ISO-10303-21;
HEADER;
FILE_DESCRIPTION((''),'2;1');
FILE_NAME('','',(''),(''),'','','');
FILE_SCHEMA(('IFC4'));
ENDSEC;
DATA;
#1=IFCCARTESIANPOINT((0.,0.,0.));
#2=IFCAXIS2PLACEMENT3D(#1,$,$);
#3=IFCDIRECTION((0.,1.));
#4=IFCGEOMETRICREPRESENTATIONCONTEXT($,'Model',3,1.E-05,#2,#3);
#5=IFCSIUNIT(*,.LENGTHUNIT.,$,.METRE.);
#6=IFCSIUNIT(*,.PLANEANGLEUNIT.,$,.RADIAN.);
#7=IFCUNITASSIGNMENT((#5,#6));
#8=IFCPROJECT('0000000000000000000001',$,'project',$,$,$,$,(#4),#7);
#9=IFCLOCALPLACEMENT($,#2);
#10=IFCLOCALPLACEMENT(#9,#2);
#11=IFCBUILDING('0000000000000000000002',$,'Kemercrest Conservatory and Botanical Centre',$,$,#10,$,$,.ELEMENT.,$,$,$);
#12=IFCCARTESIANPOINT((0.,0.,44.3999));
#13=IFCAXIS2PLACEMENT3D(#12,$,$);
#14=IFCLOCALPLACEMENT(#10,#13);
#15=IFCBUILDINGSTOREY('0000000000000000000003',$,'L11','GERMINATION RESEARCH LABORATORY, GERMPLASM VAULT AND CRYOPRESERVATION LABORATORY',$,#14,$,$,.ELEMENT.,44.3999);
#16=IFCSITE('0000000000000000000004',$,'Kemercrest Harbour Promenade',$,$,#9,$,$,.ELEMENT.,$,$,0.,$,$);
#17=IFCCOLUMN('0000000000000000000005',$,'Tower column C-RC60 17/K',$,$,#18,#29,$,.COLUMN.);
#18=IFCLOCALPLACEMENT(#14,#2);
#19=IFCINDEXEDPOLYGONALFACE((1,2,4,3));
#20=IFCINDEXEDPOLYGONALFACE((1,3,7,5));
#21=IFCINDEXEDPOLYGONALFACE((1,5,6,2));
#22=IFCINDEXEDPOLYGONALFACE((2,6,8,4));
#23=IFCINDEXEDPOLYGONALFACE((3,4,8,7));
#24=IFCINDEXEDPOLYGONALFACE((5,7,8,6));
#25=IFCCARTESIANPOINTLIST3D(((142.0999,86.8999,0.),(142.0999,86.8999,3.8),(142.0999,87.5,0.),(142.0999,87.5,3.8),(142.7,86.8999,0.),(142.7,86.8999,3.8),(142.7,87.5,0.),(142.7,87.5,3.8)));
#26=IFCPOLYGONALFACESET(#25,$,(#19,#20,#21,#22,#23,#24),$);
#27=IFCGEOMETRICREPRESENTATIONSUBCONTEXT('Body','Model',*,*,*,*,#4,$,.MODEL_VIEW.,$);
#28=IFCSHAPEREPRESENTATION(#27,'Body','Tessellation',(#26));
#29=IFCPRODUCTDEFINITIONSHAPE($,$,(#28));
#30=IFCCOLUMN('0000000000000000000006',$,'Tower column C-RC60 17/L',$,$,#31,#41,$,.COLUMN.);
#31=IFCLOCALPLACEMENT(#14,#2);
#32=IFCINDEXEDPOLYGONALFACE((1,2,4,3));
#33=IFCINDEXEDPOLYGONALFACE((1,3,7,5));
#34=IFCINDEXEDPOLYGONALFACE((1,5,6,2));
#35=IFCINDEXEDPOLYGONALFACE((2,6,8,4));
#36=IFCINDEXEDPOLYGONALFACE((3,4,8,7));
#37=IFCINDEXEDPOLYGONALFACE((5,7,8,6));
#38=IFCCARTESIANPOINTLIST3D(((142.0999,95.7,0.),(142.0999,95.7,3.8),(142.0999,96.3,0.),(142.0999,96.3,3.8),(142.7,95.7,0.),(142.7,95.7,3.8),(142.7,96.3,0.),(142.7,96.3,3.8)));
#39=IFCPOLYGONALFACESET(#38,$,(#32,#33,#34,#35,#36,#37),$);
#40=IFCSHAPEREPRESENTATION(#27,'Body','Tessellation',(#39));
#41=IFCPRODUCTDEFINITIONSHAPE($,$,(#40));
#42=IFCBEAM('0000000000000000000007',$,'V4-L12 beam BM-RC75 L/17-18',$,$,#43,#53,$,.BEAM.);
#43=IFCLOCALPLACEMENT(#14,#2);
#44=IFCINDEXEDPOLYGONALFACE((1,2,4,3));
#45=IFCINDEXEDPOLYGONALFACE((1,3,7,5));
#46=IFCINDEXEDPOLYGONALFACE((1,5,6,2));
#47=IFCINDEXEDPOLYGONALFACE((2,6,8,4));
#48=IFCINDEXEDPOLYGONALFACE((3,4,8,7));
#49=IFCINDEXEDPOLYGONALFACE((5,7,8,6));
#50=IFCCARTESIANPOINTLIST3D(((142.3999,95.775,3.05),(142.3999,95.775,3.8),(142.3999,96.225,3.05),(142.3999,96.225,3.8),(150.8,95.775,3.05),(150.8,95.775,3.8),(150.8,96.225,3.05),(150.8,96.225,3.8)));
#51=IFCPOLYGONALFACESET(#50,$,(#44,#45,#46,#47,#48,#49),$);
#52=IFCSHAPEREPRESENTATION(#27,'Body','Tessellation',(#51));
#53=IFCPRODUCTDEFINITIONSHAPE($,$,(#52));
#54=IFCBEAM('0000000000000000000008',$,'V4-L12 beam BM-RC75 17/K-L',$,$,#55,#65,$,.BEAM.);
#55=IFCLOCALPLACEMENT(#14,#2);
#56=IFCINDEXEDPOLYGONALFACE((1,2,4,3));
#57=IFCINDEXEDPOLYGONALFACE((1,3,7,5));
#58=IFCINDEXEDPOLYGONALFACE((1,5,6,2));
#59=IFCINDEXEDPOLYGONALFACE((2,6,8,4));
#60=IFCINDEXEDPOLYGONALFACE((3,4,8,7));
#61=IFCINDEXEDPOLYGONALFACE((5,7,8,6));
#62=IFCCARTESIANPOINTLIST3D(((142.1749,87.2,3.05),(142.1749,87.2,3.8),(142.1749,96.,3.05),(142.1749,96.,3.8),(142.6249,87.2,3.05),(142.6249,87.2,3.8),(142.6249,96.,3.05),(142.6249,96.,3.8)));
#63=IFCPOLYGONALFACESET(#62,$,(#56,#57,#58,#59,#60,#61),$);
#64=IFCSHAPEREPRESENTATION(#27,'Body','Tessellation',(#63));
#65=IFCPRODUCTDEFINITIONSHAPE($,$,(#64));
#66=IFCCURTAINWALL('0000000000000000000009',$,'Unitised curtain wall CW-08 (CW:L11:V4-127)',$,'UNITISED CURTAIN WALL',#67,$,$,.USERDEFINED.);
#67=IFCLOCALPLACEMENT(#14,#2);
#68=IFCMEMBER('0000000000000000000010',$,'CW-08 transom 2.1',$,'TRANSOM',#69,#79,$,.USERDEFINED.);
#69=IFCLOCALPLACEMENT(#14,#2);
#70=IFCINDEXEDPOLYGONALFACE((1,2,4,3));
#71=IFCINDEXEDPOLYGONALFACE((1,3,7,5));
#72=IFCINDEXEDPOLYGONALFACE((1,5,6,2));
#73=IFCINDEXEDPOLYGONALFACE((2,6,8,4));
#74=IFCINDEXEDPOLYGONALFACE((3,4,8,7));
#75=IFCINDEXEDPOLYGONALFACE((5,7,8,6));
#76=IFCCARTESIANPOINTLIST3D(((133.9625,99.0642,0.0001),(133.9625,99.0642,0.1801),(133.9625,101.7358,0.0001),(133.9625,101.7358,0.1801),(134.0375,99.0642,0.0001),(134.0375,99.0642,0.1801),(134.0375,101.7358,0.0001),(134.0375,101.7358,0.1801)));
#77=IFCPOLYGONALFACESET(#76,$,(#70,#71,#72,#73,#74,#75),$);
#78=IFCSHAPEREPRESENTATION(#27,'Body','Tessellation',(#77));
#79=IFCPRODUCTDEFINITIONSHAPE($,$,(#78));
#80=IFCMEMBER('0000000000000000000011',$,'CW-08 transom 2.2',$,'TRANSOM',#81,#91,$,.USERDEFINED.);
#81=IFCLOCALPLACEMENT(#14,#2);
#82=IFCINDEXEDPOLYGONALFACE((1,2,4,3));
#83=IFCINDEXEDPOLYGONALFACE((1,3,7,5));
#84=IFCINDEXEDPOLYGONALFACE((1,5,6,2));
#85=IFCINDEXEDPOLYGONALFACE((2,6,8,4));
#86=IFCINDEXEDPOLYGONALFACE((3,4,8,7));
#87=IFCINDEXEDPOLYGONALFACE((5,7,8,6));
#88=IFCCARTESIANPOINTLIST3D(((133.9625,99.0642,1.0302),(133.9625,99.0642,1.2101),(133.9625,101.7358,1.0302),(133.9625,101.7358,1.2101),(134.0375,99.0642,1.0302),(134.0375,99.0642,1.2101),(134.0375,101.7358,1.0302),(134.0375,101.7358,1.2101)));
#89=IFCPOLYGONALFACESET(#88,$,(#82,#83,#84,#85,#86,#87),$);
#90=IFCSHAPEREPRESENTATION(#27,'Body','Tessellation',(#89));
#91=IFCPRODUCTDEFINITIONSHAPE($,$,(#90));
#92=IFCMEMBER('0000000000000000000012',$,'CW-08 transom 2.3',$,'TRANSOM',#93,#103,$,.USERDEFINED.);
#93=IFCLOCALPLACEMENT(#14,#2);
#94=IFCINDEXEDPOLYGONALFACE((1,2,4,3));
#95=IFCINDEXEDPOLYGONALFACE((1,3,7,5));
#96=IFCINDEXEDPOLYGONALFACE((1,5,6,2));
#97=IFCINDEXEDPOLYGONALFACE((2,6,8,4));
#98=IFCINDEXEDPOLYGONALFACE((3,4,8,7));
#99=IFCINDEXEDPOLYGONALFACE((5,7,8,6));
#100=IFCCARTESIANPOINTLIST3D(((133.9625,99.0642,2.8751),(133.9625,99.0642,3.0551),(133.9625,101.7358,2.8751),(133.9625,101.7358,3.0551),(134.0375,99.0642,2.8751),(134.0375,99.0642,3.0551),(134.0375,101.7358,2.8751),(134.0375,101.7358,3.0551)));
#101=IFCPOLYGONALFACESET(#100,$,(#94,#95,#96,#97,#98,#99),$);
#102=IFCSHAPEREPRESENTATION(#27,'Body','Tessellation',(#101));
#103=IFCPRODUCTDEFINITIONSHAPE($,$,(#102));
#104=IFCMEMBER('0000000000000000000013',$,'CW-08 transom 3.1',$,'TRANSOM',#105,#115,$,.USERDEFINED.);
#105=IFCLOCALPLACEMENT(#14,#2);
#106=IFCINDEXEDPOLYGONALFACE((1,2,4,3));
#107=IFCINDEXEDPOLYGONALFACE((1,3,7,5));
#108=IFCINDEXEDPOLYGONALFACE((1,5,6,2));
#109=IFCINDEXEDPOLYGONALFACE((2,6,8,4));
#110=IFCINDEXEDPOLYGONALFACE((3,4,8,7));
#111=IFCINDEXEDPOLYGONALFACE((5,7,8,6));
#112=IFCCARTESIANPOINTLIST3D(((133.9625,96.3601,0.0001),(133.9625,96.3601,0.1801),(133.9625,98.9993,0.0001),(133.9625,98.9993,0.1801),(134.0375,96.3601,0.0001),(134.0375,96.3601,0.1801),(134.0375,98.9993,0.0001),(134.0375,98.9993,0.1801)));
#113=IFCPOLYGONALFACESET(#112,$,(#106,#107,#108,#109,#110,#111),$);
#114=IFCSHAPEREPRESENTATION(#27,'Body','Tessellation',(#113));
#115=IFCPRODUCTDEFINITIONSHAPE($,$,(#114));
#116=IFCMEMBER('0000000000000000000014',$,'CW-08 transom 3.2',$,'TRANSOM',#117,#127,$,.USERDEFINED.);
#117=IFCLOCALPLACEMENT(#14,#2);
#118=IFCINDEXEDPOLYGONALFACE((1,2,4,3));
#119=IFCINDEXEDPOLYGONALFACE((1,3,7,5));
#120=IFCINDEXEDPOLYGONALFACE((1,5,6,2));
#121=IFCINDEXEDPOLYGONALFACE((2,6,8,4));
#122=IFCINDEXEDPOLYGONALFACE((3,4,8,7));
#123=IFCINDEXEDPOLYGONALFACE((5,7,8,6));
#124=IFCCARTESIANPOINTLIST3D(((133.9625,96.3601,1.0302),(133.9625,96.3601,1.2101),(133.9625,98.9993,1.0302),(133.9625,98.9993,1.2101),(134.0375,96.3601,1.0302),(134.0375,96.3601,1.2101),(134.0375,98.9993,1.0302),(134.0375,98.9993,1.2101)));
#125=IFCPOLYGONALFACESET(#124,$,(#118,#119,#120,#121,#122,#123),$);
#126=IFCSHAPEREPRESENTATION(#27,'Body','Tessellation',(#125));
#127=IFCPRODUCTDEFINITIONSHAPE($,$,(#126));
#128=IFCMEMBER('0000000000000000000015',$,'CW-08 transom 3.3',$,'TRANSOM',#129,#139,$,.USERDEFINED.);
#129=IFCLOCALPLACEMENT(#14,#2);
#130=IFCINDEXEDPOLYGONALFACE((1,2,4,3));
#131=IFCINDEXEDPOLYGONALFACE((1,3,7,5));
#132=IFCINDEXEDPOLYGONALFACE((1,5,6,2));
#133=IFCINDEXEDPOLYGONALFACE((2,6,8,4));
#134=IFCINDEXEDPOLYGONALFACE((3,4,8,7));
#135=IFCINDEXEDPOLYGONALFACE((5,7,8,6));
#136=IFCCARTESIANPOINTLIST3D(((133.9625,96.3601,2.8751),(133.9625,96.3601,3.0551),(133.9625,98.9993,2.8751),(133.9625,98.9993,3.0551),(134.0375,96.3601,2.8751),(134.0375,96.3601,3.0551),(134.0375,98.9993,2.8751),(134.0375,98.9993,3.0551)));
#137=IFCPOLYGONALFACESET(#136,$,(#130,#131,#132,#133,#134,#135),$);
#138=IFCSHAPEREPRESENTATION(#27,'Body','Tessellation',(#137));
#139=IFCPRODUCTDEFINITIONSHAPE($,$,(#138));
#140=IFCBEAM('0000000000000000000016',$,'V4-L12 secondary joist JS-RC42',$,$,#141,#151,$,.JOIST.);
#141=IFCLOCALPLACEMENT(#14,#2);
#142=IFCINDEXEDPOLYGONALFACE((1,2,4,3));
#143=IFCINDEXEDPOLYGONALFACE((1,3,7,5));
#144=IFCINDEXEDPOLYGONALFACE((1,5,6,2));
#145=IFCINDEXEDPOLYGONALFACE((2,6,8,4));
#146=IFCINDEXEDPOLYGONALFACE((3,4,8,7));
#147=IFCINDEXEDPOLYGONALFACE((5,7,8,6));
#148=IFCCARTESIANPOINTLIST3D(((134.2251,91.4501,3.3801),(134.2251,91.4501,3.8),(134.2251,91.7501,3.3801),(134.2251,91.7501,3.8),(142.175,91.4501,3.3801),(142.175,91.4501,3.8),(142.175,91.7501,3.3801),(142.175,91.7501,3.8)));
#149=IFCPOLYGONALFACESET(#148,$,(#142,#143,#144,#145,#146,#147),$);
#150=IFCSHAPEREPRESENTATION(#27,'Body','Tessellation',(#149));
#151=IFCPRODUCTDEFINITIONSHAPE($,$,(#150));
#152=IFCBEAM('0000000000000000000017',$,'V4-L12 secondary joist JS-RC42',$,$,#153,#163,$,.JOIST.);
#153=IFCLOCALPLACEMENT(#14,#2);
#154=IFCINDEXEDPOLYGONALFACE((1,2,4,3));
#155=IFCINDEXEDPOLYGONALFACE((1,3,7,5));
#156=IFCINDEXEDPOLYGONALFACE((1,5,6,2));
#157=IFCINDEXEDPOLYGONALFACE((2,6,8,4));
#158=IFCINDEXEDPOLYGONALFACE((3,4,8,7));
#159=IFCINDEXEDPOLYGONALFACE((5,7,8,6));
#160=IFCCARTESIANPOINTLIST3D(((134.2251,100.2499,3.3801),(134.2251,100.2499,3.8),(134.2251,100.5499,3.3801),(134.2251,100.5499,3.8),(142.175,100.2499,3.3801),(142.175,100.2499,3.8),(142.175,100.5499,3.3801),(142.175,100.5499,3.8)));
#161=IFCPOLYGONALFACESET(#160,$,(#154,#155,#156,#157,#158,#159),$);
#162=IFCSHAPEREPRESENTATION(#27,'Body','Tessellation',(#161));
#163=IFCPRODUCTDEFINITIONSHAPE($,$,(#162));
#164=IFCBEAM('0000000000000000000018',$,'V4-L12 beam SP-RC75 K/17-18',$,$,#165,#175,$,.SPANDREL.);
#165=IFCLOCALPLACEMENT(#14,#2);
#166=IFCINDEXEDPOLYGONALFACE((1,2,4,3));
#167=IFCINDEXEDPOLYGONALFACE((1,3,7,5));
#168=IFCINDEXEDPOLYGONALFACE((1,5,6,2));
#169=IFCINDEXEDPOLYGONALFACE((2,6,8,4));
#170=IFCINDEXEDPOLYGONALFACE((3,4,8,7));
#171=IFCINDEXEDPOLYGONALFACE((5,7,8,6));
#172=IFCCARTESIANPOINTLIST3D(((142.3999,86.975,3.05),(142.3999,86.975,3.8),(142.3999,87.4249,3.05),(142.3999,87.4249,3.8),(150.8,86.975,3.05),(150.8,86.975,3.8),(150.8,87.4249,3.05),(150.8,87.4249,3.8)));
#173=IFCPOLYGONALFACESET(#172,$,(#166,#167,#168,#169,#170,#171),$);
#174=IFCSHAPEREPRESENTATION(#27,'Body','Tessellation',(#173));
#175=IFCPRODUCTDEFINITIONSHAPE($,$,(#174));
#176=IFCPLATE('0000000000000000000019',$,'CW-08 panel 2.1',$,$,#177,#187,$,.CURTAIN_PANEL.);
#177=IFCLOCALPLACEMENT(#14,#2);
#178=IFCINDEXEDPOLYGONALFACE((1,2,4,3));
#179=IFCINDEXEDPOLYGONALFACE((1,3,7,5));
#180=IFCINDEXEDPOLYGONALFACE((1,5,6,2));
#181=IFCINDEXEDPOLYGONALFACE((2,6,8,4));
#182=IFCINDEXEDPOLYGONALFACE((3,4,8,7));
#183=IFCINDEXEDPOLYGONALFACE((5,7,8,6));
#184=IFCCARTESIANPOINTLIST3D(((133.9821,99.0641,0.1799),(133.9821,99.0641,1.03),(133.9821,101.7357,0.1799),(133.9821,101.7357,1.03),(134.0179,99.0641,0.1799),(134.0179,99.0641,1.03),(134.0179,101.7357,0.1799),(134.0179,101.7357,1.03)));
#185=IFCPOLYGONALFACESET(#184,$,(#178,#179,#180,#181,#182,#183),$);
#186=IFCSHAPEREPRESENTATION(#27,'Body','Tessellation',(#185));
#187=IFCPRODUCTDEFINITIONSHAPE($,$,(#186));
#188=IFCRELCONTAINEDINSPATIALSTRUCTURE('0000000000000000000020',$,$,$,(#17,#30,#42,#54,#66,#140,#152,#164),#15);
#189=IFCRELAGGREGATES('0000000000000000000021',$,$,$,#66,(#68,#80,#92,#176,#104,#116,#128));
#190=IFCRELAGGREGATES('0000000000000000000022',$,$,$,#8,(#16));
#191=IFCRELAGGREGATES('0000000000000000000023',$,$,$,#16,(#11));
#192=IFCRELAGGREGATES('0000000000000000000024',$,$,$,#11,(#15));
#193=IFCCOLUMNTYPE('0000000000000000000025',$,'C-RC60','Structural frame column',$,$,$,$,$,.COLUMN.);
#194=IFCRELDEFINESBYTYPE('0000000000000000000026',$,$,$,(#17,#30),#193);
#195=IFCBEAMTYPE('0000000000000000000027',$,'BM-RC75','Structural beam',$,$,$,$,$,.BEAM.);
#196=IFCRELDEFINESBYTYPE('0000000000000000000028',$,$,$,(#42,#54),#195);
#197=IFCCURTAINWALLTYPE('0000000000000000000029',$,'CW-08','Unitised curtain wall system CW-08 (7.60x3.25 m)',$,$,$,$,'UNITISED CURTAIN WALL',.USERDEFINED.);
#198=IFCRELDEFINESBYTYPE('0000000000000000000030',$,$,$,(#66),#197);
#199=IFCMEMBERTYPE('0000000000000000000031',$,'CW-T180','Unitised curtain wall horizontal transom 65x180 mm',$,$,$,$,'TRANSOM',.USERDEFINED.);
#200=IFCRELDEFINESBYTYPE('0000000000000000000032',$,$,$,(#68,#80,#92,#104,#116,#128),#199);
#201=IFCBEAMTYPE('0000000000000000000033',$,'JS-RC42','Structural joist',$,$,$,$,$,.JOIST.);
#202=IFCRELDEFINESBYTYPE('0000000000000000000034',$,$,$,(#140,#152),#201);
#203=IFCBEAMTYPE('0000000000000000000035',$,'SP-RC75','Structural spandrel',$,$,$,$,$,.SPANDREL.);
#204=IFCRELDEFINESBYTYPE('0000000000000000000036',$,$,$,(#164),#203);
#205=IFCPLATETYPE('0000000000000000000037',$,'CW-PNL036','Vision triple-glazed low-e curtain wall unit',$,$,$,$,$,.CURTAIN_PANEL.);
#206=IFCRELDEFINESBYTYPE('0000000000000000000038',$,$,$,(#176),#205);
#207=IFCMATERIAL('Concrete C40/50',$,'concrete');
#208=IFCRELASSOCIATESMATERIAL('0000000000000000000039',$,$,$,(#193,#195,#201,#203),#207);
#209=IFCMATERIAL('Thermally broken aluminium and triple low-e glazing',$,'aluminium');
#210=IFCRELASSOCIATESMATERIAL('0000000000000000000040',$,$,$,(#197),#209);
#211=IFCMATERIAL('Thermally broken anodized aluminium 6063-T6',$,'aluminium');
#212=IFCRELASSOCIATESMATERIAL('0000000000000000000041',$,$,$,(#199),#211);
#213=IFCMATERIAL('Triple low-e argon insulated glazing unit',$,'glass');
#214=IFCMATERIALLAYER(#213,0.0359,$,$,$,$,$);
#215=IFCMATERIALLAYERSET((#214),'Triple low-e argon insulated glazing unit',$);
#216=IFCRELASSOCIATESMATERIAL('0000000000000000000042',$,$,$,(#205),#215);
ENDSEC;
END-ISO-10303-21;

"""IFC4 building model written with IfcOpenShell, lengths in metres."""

from ifc_helpers import new_model, si_unit, direction, frame, origin, origin_2d, place, context, subcontext, project, spatial, rectangle, extrude, material, layer, layer_set, material_profile, profile_set, type_object, element, aggregate, save


model = new_model("IFC4")

# Units and contexts
model_context = context("Model", 3, precision=1e-05, world=origin(), true_north=direction((0.0, 1.0)))
body_context = subcontext(model_context, "Body", "Model", "MODEL_VIEW")
ifc_project = project(units=[si_unit("LENGTHUNIT", "METRE"), si_unit("PLANEANGLEUNIT", "RADIAN")], contexts=[model_context])

# Site, building, storey
site_placement = place(None, origin())
site = spatial("IfcSite", under=ifc_project, at=site_placement, Name="Kemercrest Harbour Promenade", CompositionType="ELEMENT", RefElevation=0.0)
building_placement = place(site_placement, origin())
building = spatial("IfcBuilding", under=site, at=building_placement, Name="Kemercrest Conservatory and Botanical Centre", CompositionType="ELEMENT")
storey_placement = place(building_placement, frame((0.0, 0.0, 44.3999)))
storey = spatial("IfcBuildingStorey", under=building, at=storey_placement, Name="L11", Description="GERMINATION RESEARCH LABORATORY, GERMPLASM VAULT AND CRYOPRESERVATION LABORATORY", CompositionType="ELEMENT", Elevation=44.3999)

# Columns
ifc_material_1 = material(Name="Concrete C40/50", Category="concrete")
ifc_material_profile_1 = material_profile(ifc_material_1, rectangle(XDim=0.6001, YDim=0.6001, at=origin_2d()), Name="RC 600x600")
ifc_profile_set_1 = profile_set([ifc_material_profile_1], Name="Concrete C40/50")
column_type = type_object("IfcColumnType", Name="C-RC60", Description="Structural frame column", PredefinedType="COLUMN", material=ifc_profile_set_1)
for number, where, z_axis, x_axis, name in (
    (1, (142.3999, 87.2, 0.0), (0.0, 0.0, 1.0), (1.0, 0.0, 0.0), "Tower column C-RC60 17/K"),
    (2, (142.3999, 96.0, 0.0), (0.0, 0.0, 1.0), (1.0, 0.0, 0.0), "Tower column C-RC60 17/L"),
):
    element("IfcColumn", number, at=place(storey_placement, frame(where, z_axis=z_axis, x_axis=x_axis)), inside=storey, type_object=column_type, Name=name, PredefinedType="COLUMN", context=body_context, shape_type="SweptSolid", body=[
        extrude(rectangle(XDim=0.6001, YDim=0.6001, at=origin_2d()), origin(), (0.0, 0.0, 1.0), 3.8),
    ])

# Beams
ifc_material_profile_2 = material_profile(ifc_material_1, rectangle(XDim=0.45, YDim=0.75, at=origin_2d()), Name="RC 450x750")
ifc_profile_set_2 = profile_set([ifc_material_profile_2], Name="Concrete C40/50")
beam_type_1 = type_object("IfcBeamType", Name="BM-RC75", Description="Structural beam", PredefinedType="BEAM", material=ifc_profile_set_2)
beam_1_placement = place(storey_placement, frame((142.3999, 96.0, 3.425), z_axis=(1.0, 0.0, 0.0), x_axis=(0.0, 1.0, 0.0)))
element("IfcBeam", 3, at=beam_1_placement, inside=storey, type_object=beam_type_1, Name="V4-L12 beam BM-RC75 L/17-18", PredefinedType="BEAM", context=body_context, shape_type="SweptSolid", body=[
    extrude(rectangle(XDim=0.45, YDim=0.75, at=origin_2d()), origin(), (0.0, 0.0, 1.0), 8.4001),
])
beam_2_placement = place(storey_placement, frame((142.3999, 87.2, 3.425), z_axis=(0.0, 1.0, 0.0), x_axis=(-1.0, 0.0, 0.0)))
element("IfcBeam", 4, at=beam_2_placement, inside=storey, type_object=beam_type_1, Name="V4-L12 beam BM-RC75 17/K-L", PredefinedType="BEAM", context=body_context, shape_type="SweptSolid", body=[
    extrude(rectangle(XDim=0.45, YDim=0.75, at=origin_2d()), origin(), (0.0, 0.0, 1.0), 8.8),
])

# Curtain wall, members
ifc_material_2 = material(Name="Thermally broken aluminium and triple low-e glazing", Category="aluminium")
curtain_wall_type = type_object("IfcCurtainWallType", Name="CW-08", Description="Unitised curtain wall system CW-08 (7.60x3.25 m)", ElementType="UNITISED CURTAIN WALL", PredefinedType="USERDEFINED", material=ifc_material_2)
curtain_wall_placement = place(storey_placement, origin())
curtain_wall = element("IfcCurtainWall", 5, at=curtain_wall_placement, inside=storey, type_object=curtain_wall_type, Name="Unitised curtain wall CW-08 (CW:L11:V4-127)", ObjectType="UNITISED CURTAIN WALL", PredefinedType="USERDEFINED")
ifc_material_3 = material(Name="Thermally broken anodized aluminium 6063-T6", Category="aluminium")
ifc_material_profile_3 = material_profile(ifc_material_3, rectangle(XDim=0.075, YDim=0.1799, at=origin_2d()), Name="AL TRANSOM 75x180")
ifc_profile_set_3 = profile_set([ifc_material_profile_3], Name="Thermally broken anodized aluminium 6063-T6")
member_type = type_object("IfcMemberType", Name="CW-T180", Description="Unitised curtain wall horizontal transom 65x180 mm", ElementType="TRANSOM", PredefinedType="USERDEFINED", material=ifc_profile_set_3)
member_1_placement = place(storey_placement, frame((134.0, 101.7358, 0.0901), z_axis=(0.0, -1.0, 0.0), x_axis=(1.0, 0.0, 0.0)))
member_1 = element("IfcMember", 6, at=member_1_placement, type_object=member_type, Name="CW-08 transom 2.1", ObjectType="TRANSOM", PredefinedType="USERDEFINED", context=body_context, shape_type="SweptSolid", body=[
    extrude(rectangle(XDim=0.075, YDim=0.1799, at=origin_2d()), origin(), (0.0, 0.0, 1.0), 2.6716),
])
member_2_placement = place(storey_placement, frame((134.0, 101.7358, 1.1201), z_axis=(0.0, -1.0, 0.0), x_axis=(1.0, 0.0, 0.0)))
member_2 = element("IfcMember", 7, at=member_2_placement, type_object=member_type, Name="CW-08 transom 2.2", ObjectType="TRANSOM", PredefinedType="USERDEFINED", context=body_context, shape_type="SweptSolid", body=[
    extrude(rectangle(XDim=0.075, YDim=0.1799, at=origin_2d()), origin(), (0.0, 0.0, 1.0), 2.6716),
])
member_3_placement = place(storey_placement, frame((134.0, 101.7358, 2.9651), z_axis=(0.0, -1.0, 0.0), x_axis=(1.0, 0.0, 0.0)))
member_3 = element("IfcMember", 8, at=member_3_placement, type_object=member_type, Name="CW-08 transom 2.3", ObjectType="TRANSOM", PredefinedType="USERDEFINED", context=body_context, shape_type="SweptSolid", body=[
    extrude(rectangle(XDim=0.075, YDim=0.1799, at=origin_2d()), origin(), (0.0, 0.0, 1.0), 2.6716),
])
member_4_placement = place(storey_placement, frame((134.0, 98.9993, 0.0901), z_axis=(0.0, -1.0, 0.0), x_axis=(1.0, 0.0, 0.0)))
member_4 = element("IfcMember", 9, at=member_4_placement, type_object=member_type, Name="CW-08 transom 3.1", ObjectType="TRANSOM", PredefinedType="USERDEFINED", context=body_context, shape_type="SweptSolid", body=[
    extrude(rectangle(XDim=0.075, YDim=0.1799, at=origin_2d()), origin(), (0.0, 0.0, 1.0), 2.6392),
])
member_5_placement = place(storey_placement, frame((134.0, 98.9993, 1.1201), z_axis=(0.0, -1.0, 0.0), x_axis=(1.0, 0.0, 0.0)))
member_5 = element("IfcMember", 10, at=member_5_placement, type_object=member_type, Name="CW-08 transom 3.2", ObjectType="TRANSOM", PredefinedType="USERDEFINED", context=body_context, shape_type="SweptSolid", body=[
    extrude(rectangle(XDim=0.075, YDim=0.1799, at=origin_2d()), origin(), (0.0, 0.0, 1.0), 2.6392),
])
member_6_placement = place(storey_placement, frame((134.0, 98.9993, 2.9651), z_axis=(0.0, -1.0, 0.0), x_axis=(1.0, 0.0, 0.0)))
member_6 = element("IfcMember", 11, at=member_6_placement, type_object=member_type, Name="CW-08 transom 3.3", ObjectType="TRANSOM", PredefinedType="USERDEFINED", context=body_context, shape_type="SweptSolid", body=[
    extrude(rectangle(XDim=0.075, YDim=0.1799, at=origin_2d()), origin(), (0.0, 0.0, 1.0), 2.6392),
])

# Beams
ifc_material_profile_4 = material_profile(ifc_material_1, rectangle(XDim=0.3, YDim=0.4199, at=origin_2d()), Name="RC 300x420")
ifc_profile_set_4 = profile_set([ifc_material_profile_4], Name="Concrete C40/50")
beam_type_2 = type_object("IfcBeamType", Name="JS-RC42", Description="Structural joist", PredefinedType="JOIST", material=ifc_profile_set_4)
for number, where, z_axis, x_axis, name in (
    (12, (134.2251, 91.6001, 3.5901), (1.0, 0.0, 0.0), (0.0, 1.0, 0.0), "V4-L12 secondary joist JS-RC42"),
    (13, (134.2251, 100.3999, 3.5901), (1.0, 0.0, 0.0), (0.0, 1.0, 0.0), "V4-L12 secondary joist JS-RC42"),
):
    element("IfcBeam", number, at=place(storey_placement, frame(where, z_axis=z_axis, x_axis=x_axis)), inside=storey, type_object=beam_type_2, Name=name, PredefinedType="JOIST", context=body_context, shape_type="SweptSolid", body=[
        extrude(rectangle(XDim=0.3, YDim=0.4199, at=origin_2d()), origin(), (0.0, 0.0, 1.0), 7.95),
    ])
ifc_material_profile_5 = material_profile(ifc_material_1, rectangle(XDim=0.45, YDim=0.75, at=origin_2d()), Name="RC 450x750")
ifc_profile_set_5 = profile_set([ifc_material_profile_5], Name="Concrete C40/50")
beam_type_3 = type_object("IfcBeamType", Name="SP-RC75", Description="Structural spandrel", PredefinedType="SPANDREL", material=ifc_profile_set_5)
beam_3_placement = place(storey_placement, frame((142.3999, 87.2, 3.425), z_axis=(1.0, 0.0, 0.0), x_axis=(0.0, 1.0, 0.0)))
element("IfcBeam", 14, at=beam_3_placement, inside=storey, type_object=beam_type_3, Name="V4-L12 beam SP-RC75 K/17-18", PredefinedType="SPANDREL", context=body_context, shape_type="SweptSolid", body=[
    extrude(rectangle(XDim=0.45, YDim=0.75, at=origin_2d()), origin(), (0.0, 0.0, 1.0), 8.4001),
])

# Plate
ifc_material_4 = material(Name="Triple low-e argon insulated glazing unit", Category="glass")
ifc_layer_1 = layer(ifc_material_4, 0.0359)
ifc_layer_set_1 = layer_set([ifc_layer_1], Name="Triple low-e argon insulated glazing unit")
plate_type = type_object("IfcPlateType", Name="CW-PNL036", Description="Vision triple-glazed low-e curtain wall unit", PredefinedType="CURTAIN_PANEL", material=ifc_layer_set_1)
plate_1_placement = place(storey_placement, frame((134.0, 100.3999, 0.1799), z_axis=(0.0, 0.0, 1.0), x_axis=(0.0, -1.0, 0.0)))
plate_1 = element("IfcPlate", 15, at=plate_1_placement, type_object=plate_type, Name="CW-08 panel 2.1", PredefinedType="CURTAIN_PANEL", context=body_context, shape_type="SweptSolid", body=[
    extrude(rectangle(XDim=2.6716, YDim=0.0359, at=origin_2d()), origin(), (0.0, 0.0, 1.0), 0.8501),
])
aggregate(curtain_wall, [member_1, member_2, member_3, plate_1, member_4, member_5, member_6])

save(model, "model.ifc")
